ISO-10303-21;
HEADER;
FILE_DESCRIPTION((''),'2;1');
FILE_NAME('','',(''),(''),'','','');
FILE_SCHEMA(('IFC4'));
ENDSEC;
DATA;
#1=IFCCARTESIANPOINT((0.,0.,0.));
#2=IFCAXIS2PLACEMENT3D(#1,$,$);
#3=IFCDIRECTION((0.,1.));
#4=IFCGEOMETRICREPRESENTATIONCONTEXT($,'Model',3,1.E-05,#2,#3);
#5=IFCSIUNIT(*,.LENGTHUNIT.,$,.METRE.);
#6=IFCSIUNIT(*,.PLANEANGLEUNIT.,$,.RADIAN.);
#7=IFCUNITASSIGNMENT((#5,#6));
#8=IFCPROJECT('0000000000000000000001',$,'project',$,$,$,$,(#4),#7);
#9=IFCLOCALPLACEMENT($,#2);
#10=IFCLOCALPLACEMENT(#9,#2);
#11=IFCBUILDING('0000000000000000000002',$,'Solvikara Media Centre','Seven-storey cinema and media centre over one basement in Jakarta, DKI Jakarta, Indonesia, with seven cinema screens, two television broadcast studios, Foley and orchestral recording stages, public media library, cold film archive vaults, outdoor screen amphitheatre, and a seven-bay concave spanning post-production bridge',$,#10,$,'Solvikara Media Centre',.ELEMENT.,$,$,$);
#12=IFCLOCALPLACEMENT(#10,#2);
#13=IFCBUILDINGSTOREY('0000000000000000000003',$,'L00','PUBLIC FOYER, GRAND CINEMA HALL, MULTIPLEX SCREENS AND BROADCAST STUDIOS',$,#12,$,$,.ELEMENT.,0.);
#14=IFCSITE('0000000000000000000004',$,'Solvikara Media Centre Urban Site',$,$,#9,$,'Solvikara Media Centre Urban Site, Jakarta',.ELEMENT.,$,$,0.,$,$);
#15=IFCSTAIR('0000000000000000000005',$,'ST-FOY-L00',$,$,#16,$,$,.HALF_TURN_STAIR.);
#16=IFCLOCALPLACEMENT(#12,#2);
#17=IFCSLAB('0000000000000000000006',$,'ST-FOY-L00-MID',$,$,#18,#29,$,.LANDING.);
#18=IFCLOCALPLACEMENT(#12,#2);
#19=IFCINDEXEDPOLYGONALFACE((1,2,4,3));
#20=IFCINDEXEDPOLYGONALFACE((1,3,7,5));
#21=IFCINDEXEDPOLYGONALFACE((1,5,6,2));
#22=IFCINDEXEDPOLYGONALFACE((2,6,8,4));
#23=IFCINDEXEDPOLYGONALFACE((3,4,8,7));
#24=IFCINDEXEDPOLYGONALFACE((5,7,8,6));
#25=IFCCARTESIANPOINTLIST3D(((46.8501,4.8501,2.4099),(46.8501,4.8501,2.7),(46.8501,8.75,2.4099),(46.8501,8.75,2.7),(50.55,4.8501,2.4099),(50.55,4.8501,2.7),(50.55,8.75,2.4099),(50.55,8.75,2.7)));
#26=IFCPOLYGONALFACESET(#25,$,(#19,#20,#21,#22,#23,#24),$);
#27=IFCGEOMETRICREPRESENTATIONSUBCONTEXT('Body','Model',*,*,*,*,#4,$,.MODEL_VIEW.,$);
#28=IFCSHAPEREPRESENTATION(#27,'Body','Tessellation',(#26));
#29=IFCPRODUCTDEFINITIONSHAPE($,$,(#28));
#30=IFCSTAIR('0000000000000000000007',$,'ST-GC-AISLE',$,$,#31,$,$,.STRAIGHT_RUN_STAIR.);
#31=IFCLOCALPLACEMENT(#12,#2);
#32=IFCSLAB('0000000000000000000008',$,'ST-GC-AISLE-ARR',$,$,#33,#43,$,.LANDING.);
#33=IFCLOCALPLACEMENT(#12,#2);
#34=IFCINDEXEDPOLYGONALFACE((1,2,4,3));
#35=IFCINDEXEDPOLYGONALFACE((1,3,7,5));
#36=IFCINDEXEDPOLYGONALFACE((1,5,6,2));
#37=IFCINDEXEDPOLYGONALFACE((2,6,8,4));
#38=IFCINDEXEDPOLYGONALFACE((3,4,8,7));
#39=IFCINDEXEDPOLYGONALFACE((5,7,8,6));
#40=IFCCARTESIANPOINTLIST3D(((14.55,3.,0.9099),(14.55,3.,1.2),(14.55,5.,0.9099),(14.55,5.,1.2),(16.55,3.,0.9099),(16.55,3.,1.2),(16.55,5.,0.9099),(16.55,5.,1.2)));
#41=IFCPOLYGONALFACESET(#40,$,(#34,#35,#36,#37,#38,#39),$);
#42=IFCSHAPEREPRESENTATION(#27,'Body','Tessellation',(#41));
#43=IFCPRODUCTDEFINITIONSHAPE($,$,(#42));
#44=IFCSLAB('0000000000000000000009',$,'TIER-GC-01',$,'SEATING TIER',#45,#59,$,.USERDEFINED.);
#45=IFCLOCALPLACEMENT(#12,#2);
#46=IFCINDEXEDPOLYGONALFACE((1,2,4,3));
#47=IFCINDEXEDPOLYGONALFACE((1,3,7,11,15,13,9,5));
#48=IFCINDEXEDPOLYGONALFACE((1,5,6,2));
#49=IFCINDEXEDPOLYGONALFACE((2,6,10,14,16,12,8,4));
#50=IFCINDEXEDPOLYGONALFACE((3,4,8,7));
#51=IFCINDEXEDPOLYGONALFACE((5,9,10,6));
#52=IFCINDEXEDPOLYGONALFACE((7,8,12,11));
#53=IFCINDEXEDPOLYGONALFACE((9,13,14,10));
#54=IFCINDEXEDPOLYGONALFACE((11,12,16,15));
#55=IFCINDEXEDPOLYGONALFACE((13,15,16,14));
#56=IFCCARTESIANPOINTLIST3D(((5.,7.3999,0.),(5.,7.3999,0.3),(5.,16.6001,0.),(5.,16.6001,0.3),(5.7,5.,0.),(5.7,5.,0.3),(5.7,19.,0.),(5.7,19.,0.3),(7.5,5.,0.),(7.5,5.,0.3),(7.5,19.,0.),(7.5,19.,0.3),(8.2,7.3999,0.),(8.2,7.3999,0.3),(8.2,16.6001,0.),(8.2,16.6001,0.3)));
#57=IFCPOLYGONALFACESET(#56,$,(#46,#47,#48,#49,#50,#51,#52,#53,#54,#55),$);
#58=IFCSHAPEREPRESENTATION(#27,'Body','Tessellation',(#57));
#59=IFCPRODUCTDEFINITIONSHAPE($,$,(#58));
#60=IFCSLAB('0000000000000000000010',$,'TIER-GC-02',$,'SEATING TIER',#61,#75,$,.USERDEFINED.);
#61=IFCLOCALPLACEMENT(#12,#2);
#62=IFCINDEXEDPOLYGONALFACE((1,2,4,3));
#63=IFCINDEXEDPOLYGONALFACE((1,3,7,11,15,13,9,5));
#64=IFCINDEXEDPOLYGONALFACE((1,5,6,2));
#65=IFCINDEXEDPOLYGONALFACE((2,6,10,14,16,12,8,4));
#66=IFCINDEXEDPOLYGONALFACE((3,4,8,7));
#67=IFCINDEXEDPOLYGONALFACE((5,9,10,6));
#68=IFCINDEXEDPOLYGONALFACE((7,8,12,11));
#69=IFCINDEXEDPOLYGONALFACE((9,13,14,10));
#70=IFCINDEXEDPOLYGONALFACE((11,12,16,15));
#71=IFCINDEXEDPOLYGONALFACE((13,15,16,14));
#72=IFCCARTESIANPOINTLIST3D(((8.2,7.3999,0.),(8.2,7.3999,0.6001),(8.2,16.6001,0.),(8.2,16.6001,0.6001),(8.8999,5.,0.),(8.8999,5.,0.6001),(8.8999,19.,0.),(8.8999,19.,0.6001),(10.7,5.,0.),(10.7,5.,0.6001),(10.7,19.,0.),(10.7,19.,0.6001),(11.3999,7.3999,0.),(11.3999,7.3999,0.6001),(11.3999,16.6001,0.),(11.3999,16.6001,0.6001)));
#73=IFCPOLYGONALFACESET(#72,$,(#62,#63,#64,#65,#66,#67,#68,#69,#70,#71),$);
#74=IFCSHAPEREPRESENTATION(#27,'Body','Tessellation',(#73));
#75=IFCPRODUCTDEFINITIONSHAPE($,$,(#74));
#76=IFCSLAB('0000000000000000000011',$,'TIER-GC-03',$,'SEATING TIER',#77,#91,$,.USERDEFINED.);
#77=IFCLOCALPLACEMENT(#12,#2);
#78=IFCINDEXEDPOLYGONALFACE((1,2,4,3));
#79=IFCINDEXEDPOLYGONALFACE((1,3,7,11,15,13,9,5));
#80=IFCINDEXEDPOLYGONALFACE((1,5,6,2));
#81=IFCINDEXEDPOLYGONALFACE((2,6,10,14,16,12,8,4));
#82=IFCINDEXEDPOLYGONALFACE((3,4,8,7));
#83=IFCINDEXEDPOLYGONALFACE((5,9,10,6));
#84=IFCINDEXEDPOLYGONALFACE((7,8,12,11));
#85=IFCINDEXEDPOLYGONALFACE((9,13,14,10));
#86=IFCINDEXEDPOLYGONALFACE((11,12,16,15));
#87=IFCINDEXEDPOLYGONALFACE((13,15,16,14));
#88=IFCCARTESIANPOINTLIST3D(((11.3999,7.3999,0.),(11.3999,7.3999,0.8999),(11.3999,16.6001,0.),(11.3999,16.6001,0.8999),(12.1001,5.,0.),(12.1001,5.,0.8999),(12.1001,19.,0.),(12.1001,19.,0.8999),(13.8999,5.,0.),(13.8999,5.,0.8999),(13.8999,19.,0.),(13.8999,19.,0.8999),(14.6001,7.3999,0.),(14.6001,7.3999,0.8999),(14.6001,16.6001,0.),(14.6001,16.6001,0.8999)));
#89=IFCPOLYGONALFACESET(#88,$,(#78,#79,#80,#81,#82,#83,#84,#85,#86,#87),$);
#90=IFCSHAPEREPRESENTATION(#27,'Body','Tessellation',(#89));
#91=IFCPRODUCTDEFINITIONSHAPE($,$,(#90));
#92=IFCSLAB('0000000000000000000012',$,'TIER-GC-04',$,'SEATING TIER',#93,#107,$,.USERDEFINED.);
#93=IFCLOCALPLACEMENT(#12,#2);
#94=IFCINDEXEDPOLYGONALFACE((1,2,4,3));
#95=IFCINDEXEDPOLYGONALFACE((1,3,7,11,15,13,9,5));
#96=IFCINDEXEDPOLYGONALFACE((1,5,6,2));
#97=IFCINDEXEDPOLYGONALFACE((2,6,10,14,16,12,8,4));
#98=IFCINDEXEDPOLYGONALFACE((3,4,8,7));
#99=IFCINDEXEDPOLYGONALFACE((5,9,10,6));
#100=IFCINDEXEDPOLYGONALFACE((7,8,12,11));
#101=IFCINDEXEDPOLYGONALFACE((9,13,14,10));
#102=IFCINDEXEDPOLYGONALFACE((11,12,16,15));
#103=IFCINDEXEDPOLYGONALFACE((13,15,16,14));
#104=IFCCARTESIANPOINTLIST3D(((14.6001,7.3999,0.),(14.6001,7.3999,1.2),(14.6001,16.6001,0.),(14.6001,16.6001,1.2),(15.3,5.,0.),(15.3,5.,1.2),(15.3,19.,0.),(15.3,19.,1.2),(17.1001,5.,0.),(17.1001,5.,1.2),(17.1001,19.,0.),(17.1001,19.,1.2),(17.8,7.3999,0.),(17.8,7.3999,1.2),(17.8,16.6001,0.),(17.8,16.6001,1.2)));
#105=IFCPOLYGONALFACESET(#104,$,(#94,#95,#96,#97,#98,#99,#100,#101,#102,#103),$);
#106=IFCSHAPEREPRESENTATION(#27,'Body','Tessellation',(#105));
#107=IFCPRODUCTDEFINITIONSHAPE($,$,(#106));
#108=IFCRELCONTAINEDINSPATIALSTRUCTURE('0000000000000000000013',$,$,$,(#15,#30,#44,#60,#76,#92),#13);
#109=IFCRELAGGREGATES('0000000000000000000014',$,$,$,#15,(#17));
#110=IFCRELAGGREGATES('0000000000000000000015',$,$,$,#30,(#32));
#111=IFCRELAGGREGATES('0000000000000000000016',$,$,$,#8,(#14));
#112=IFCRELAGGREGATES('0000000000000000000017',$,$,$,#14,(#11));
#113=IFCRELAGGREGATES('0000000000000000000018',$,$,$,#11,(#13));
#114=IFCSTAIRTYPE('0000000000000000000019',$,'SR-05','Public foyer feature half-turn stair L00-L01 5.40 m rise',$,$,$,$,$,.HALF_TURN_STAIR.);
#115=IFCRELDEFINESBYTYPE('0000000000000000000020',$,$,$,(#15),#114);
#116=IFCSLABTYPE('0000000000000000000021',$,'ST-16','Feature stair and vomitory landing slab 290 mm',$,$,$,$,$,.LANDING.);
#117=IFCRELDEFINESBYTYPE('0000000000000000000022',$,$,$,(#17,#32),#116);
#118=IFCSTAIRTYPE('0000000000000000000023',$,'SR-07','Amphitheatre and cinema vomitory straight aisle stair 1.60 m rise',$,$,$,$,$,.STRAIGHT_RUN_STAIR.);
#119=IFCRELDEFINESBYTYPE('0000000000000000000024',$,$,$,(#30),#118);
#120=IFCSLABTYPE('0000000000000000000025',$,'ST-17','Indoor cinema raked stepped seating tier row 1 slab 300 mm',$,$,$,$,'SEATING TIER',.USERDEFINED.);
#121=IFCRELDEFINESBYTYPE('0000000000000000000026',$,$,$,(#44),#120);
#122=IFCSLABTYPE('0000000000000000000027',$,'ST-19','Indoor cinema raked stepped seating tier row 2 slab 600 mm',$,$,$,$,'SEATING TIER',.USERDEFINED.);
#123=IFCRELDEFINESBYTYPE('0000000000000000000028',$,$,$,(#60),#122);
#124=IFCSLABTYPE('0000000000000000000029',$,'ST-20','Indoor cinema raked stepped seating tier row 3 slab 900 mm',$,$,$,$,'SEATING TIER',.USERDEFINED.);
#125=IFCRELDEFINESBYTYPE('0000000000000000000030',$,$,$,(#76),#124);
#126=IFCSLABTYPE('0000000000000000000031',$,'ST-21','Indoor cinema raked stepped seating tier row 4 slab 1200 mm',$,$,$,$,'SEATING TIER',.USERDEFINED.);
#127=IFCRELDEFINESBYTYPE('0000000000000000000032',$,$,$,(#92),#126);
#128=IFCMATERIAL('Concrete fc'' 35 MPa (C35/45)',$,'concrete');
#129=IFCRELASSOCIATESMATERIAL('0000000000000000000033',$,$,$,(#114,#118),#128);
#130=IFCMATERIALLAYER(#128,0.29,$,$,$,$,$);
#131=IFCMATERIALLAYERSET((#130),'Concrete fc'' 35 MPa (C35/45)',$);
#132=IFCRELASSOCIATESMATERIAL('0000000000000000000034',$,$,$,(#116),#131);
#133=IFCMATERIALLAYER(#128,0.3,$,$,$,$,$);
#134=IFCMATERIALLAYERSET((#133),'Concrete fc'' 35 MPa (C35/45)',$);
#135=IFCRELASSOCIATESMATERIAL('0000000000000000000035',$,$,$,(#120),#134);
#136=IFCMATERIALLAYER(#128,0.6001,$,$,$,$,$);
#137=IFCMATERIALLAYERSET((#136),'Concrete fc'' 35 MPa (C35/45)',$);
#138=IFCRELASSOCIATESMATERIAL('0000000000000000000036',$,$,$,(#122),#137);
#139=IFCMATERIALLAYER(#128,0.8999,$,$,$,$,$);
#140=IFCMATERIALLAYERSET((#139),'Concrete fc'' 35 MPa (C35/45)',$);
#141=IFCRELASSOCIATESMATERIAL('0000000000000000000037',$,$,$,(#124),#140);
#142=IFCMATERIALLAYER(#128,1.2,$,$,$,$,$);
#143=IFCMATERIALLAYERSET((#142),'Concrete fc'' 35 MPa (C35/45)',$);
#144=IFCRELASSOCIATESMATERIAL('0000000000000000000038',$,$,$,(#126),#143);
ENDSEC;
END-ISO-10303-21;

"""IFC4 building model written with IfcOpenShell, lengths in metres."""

from ifc_helpers import new_model, si_unit, direction, frame, origin, place, context, subcontext, project, spatial, polyline, outline, extrude, material, layer, layer_set, type_object, element, aggregate, save


model = new_model("IFC4")

# Units and contexts
model_context = context("Model", 3, precision=1e-05, world=origin(), true_north=direction((0.0, 1.0)))
body_context = subcontext(model_context, "Body", "Model", "MODEL_VIEW")
ifc_project = project(units=[si_unit("LENGTHUNIT", "METRE"), si_unit("PLANEANGLEUNIT", "RADIAN")], contexts=[model_context])

# Site, building, storey
site_placement = place(None, origin())
site = spatial("IfcSite", under=ifc_project, at=site_placement, Name="Solvikara Media Centre Urban Site", LongName="Solvikara Media Centre Urban Site, Jakarta", CompositionType="ELEMENT", RefElevation=0.0)
building_placement = place(site_placement, origin())
building = spatial("IfcBuilding", under=site, at=building_placement, Name="Solvikara Media Centre", Description="Seven-storey cinema and media centre over one basement in Jakarta, DKI Jakarta, Indonesia, with seven cinema screens, two television broadcast studios, Foley and orchestral recording stages, public media library, cold film archive vaults, outdoor screen amphitheatre, and a seven-bay concave spanning post-production bridge", LongName="Solvikara Media Centre", CompositionType="ELEMENT")
storey_placement = place(building_placement, origin())
storey = spatial("IfcBuildingStorey", under=building, at=storey_placement, Name="L00", Description="PUBLIC FOYER, GRAND CINEMA HALL, MULTIPLEX SCREENS AND BROADCAST STUDIOS", CompositionType="ELEMENT", Elevation=0.0)

# Shared definitions
ifc_material_1 = material(Name="Concrete fc' 35 MPa (C35/45)", Category="concrete")

# Stairs, slabs
stair_type_1 = type_object("IfcStairType", Name="SR-05", Description="Public foyer feature half-turn stair L00-L01 5.40 m rise", PredefinedType="HALF_TURN_STAIR", material=ifc_material_1)
stair_1_placement = place(storey_placement, origin())
stair_1 = element("IfcStair", 1, at=stair_1_placement, inside=storey, type_object=stair_type_1, Name="ST-FOY-L00", PredefinedType="HALF_TURN_STAIR")
ifc_layer_1 = layer(ifc_material_1, 0.29)
ifc_layer_set_1 = layer_set([ifc_layer_1], Name="Concrete fc' 35 MPa (C35/45)")
slab_type_1 = type_object("IfcSlabType", Name="ST-16", Description="Feature stair and vomitory landing slab 290 mm", PredefinedType="LANDING", material=ifc_layer_set_1)
slab_1_placement = place(storey_placement, frame((0.0, 0.0, 2.4099)))
slab_1 = element("IfcSlab", 2, at=slab_1_placement, type_object=slab_type_1, Name="ST-FOY-L00-MID", PredefinedType="LANDING", context=body_context, shape_type="SweptSolid", body=[
    extrude(outline(polyline([(46.8501, 4.8501), (50.55, 4.8501), (50.55, 8.75), (46.8501, 8.75), (46.8501, 4.8501)])), origin(), (0.0, 0.0, 1.0), 0.29),
])
aggregate(stair_1, [slab_1])
stair_type_2 = type_object("IfcStairType", Name="SR-07", Description="Amphitheatre and cinema vomitory straight aisle stair 1.60 m rise", PredefinedType="STRAIGHT_RUN_STAIR", material=ifc_material_1)
stair_2_placement = place(storey_placement, origin())
stair_2 = element("IfcStair", 3, at=stair_2_placement, inside=storey, type_object=stair_type_2, Name="ST-GC-AISLE", PredefinedType="STRAIGHT_RUN_STAIR")
slab_2_placement = place(storey_placement, frame((0.0, 0.0, 0.9099)))
slab_2 = element("IfcSlab", 4, at=slab_2_placement, type_object=slab_type_1, Name="ST-GC-AISLE-ARR", PredefinedType="LANDING", context=body_context, shape_type="SweptSolid", body=[
    extrude(outline(polyline([(14.55, 3.0), (16.55, 3.0), (16.55, 5.0), (14.55, 5.0), (14.55, 3.0)])), origin(), (0.0, 0.0, 1.0), 0.29),
])
aggregate(stair_2, [slab_2])

# Slabs
ifc_layer_2 = layer(ifc_material_1, 0.3)
ifc_layer_set_2 = layer_set([ifc_layer_2], Name="Concrete fc' 35 MPa (C35/45)")
slab_type_2 = type_object("IfcSlabType", Name="ST-17", Description="Indoor cinema raked stepped seating tier row 1 slab 300 mm", ElementType="SEATING TIER", PredefinedType="USERDEFINED", material=ifc_layer_set_2)
slab_3_placement = place(storey_placement, origin())
element("IfcSlab", 5, at=slab_3_placement, inside=storey, type_object=slab_type_2, Name="TIER-GC-01", ObjectType="SEATING TIER", PredefinedType="USERDEFINED", context=body_context, shape_type="SweptSolid", body=[
    extrude(outline(polyline([(5.7, 5.0), (7.5, 5.0), (8.2, 7.3999), (8.2, 16.6001), (7.5, 19.0), (5.7, 19.0), (5.0, 16.6001), (5.0, 7.3999), (5.7, 5.0)])), origin(), (0.0, 0.0, 1.0), 0.3),
])
ifc_layer_3 = layer(ifc_material_1, 0.6001)
ifc_layer_set_3 = layer_set([ifc_layer_3], Name="Concrete fc' 35 MPa (C35/45)")
slab_type_3 = type_object("IfcSlabType", Name="ST-19", Description="Indoor cinema raked stepped seating tier row 2 slab 600 mm", ElementType="SEATING TIER", PredefinedType="USERDEFINED", material=ifc_layer_set_3)
slab_4_placement = place(storey_placement, origin())
element("IfcSlab", 6, at=slab_4_placement, inside=storey, type_object=slab_type_3, Name="TIER-GC-02", ObjectType="SEATING TIER", PredefinedType="USERDEFINED", context=body_context, shape_type="SweptSolid", body=[
    extrude(outline(polyline([(8.8999, 5.0), (10.7, 5.0), (11.3999, 7.3999), (11.3999, 16.6001), (10.7, 19.0), (8.8999, 19.0), (8.2, 16.6001), (8.2, 7.3999), (8.8999, 5.0)])), origin(), (0.0, 0.0, 1.0), 0.6001),
])
ifc_layer_4 = layer(ifc_material_1, 0.8999)
ifc_layer_set_4 = layer_set([ifc_layer_4], Name="Concrete fc' 35 MPa (C35/45)")
slab_type_4 = type_object("IfcSlabType", Name="ST-20", Description="Indoor cinema raked stepped seating tier row 3 slab 900 mm", ElementType="SEATING TIER", PredefinedType="USERDEFINED", material=ifc_layer_set_4)
slab_5_placement = place(storey_placement, origin())
element("IfcSlab", 7, at=slab_5_placement, inside=storey, type_object=slab_type_4, Name="TIER-GC-03", ObjectType="SEATING TIER", PredefinedType="USERDEFINED", context=body_context, shape_type="SweptSolid", body=[
    extrude(outline(polyline([(12.1001, 5.0), (13.8999, 5.0), (14.6001, 7.3999), (14.6001, 16.6001), (13.8999, 19.0), (12.1001, 19.0), (11.3999, 16.6001), (11.3999, 7.3999), (12.1001, 5.0)])), origin(), (0.0, 0.0, 1.0), 0.8999),
])
ifc_layer_5 = layer(ifc_material_1, 1.2)
ifc_layer_set_5 = layer_set([ifc_layer_5], Name="Concrete fc' 35 MPa (C35/45)")
slab_type_5 = type_object("IfcSlabType", Name="ST-21", Description="Indoor cinema raked stepped seating tier row 4 slab 1200 mm", ElementType="SEATING TIER", PredefinedType="USERDEFINED", material=ifc_layer_set_5)
slab_6_placement = place(storey_placement, origin())
element("IfcSlab", 8, at=slab_6_placement, inside=storey, type_object=slab_type_5, Name="TIER-GC-04", ObjectType="SEATING TIER", PredefinedType="USERDEFINED", context=body_context, shape_type="SweptSolid", body=[
    extrude(outline(polyline([(15.3, 5.0), (17.1001, 5.0), (17.8, 7.3999), (17.8, 16.6001), (17.1001, 19.0), (15.3, 19.0), (14.6001, 16.6001), (14.6001, 7.3999), (15.3, 5.0)])), origin(), (0.0, 0.0, 1.0), 1.2),
])

save(model, "model.ifc")
